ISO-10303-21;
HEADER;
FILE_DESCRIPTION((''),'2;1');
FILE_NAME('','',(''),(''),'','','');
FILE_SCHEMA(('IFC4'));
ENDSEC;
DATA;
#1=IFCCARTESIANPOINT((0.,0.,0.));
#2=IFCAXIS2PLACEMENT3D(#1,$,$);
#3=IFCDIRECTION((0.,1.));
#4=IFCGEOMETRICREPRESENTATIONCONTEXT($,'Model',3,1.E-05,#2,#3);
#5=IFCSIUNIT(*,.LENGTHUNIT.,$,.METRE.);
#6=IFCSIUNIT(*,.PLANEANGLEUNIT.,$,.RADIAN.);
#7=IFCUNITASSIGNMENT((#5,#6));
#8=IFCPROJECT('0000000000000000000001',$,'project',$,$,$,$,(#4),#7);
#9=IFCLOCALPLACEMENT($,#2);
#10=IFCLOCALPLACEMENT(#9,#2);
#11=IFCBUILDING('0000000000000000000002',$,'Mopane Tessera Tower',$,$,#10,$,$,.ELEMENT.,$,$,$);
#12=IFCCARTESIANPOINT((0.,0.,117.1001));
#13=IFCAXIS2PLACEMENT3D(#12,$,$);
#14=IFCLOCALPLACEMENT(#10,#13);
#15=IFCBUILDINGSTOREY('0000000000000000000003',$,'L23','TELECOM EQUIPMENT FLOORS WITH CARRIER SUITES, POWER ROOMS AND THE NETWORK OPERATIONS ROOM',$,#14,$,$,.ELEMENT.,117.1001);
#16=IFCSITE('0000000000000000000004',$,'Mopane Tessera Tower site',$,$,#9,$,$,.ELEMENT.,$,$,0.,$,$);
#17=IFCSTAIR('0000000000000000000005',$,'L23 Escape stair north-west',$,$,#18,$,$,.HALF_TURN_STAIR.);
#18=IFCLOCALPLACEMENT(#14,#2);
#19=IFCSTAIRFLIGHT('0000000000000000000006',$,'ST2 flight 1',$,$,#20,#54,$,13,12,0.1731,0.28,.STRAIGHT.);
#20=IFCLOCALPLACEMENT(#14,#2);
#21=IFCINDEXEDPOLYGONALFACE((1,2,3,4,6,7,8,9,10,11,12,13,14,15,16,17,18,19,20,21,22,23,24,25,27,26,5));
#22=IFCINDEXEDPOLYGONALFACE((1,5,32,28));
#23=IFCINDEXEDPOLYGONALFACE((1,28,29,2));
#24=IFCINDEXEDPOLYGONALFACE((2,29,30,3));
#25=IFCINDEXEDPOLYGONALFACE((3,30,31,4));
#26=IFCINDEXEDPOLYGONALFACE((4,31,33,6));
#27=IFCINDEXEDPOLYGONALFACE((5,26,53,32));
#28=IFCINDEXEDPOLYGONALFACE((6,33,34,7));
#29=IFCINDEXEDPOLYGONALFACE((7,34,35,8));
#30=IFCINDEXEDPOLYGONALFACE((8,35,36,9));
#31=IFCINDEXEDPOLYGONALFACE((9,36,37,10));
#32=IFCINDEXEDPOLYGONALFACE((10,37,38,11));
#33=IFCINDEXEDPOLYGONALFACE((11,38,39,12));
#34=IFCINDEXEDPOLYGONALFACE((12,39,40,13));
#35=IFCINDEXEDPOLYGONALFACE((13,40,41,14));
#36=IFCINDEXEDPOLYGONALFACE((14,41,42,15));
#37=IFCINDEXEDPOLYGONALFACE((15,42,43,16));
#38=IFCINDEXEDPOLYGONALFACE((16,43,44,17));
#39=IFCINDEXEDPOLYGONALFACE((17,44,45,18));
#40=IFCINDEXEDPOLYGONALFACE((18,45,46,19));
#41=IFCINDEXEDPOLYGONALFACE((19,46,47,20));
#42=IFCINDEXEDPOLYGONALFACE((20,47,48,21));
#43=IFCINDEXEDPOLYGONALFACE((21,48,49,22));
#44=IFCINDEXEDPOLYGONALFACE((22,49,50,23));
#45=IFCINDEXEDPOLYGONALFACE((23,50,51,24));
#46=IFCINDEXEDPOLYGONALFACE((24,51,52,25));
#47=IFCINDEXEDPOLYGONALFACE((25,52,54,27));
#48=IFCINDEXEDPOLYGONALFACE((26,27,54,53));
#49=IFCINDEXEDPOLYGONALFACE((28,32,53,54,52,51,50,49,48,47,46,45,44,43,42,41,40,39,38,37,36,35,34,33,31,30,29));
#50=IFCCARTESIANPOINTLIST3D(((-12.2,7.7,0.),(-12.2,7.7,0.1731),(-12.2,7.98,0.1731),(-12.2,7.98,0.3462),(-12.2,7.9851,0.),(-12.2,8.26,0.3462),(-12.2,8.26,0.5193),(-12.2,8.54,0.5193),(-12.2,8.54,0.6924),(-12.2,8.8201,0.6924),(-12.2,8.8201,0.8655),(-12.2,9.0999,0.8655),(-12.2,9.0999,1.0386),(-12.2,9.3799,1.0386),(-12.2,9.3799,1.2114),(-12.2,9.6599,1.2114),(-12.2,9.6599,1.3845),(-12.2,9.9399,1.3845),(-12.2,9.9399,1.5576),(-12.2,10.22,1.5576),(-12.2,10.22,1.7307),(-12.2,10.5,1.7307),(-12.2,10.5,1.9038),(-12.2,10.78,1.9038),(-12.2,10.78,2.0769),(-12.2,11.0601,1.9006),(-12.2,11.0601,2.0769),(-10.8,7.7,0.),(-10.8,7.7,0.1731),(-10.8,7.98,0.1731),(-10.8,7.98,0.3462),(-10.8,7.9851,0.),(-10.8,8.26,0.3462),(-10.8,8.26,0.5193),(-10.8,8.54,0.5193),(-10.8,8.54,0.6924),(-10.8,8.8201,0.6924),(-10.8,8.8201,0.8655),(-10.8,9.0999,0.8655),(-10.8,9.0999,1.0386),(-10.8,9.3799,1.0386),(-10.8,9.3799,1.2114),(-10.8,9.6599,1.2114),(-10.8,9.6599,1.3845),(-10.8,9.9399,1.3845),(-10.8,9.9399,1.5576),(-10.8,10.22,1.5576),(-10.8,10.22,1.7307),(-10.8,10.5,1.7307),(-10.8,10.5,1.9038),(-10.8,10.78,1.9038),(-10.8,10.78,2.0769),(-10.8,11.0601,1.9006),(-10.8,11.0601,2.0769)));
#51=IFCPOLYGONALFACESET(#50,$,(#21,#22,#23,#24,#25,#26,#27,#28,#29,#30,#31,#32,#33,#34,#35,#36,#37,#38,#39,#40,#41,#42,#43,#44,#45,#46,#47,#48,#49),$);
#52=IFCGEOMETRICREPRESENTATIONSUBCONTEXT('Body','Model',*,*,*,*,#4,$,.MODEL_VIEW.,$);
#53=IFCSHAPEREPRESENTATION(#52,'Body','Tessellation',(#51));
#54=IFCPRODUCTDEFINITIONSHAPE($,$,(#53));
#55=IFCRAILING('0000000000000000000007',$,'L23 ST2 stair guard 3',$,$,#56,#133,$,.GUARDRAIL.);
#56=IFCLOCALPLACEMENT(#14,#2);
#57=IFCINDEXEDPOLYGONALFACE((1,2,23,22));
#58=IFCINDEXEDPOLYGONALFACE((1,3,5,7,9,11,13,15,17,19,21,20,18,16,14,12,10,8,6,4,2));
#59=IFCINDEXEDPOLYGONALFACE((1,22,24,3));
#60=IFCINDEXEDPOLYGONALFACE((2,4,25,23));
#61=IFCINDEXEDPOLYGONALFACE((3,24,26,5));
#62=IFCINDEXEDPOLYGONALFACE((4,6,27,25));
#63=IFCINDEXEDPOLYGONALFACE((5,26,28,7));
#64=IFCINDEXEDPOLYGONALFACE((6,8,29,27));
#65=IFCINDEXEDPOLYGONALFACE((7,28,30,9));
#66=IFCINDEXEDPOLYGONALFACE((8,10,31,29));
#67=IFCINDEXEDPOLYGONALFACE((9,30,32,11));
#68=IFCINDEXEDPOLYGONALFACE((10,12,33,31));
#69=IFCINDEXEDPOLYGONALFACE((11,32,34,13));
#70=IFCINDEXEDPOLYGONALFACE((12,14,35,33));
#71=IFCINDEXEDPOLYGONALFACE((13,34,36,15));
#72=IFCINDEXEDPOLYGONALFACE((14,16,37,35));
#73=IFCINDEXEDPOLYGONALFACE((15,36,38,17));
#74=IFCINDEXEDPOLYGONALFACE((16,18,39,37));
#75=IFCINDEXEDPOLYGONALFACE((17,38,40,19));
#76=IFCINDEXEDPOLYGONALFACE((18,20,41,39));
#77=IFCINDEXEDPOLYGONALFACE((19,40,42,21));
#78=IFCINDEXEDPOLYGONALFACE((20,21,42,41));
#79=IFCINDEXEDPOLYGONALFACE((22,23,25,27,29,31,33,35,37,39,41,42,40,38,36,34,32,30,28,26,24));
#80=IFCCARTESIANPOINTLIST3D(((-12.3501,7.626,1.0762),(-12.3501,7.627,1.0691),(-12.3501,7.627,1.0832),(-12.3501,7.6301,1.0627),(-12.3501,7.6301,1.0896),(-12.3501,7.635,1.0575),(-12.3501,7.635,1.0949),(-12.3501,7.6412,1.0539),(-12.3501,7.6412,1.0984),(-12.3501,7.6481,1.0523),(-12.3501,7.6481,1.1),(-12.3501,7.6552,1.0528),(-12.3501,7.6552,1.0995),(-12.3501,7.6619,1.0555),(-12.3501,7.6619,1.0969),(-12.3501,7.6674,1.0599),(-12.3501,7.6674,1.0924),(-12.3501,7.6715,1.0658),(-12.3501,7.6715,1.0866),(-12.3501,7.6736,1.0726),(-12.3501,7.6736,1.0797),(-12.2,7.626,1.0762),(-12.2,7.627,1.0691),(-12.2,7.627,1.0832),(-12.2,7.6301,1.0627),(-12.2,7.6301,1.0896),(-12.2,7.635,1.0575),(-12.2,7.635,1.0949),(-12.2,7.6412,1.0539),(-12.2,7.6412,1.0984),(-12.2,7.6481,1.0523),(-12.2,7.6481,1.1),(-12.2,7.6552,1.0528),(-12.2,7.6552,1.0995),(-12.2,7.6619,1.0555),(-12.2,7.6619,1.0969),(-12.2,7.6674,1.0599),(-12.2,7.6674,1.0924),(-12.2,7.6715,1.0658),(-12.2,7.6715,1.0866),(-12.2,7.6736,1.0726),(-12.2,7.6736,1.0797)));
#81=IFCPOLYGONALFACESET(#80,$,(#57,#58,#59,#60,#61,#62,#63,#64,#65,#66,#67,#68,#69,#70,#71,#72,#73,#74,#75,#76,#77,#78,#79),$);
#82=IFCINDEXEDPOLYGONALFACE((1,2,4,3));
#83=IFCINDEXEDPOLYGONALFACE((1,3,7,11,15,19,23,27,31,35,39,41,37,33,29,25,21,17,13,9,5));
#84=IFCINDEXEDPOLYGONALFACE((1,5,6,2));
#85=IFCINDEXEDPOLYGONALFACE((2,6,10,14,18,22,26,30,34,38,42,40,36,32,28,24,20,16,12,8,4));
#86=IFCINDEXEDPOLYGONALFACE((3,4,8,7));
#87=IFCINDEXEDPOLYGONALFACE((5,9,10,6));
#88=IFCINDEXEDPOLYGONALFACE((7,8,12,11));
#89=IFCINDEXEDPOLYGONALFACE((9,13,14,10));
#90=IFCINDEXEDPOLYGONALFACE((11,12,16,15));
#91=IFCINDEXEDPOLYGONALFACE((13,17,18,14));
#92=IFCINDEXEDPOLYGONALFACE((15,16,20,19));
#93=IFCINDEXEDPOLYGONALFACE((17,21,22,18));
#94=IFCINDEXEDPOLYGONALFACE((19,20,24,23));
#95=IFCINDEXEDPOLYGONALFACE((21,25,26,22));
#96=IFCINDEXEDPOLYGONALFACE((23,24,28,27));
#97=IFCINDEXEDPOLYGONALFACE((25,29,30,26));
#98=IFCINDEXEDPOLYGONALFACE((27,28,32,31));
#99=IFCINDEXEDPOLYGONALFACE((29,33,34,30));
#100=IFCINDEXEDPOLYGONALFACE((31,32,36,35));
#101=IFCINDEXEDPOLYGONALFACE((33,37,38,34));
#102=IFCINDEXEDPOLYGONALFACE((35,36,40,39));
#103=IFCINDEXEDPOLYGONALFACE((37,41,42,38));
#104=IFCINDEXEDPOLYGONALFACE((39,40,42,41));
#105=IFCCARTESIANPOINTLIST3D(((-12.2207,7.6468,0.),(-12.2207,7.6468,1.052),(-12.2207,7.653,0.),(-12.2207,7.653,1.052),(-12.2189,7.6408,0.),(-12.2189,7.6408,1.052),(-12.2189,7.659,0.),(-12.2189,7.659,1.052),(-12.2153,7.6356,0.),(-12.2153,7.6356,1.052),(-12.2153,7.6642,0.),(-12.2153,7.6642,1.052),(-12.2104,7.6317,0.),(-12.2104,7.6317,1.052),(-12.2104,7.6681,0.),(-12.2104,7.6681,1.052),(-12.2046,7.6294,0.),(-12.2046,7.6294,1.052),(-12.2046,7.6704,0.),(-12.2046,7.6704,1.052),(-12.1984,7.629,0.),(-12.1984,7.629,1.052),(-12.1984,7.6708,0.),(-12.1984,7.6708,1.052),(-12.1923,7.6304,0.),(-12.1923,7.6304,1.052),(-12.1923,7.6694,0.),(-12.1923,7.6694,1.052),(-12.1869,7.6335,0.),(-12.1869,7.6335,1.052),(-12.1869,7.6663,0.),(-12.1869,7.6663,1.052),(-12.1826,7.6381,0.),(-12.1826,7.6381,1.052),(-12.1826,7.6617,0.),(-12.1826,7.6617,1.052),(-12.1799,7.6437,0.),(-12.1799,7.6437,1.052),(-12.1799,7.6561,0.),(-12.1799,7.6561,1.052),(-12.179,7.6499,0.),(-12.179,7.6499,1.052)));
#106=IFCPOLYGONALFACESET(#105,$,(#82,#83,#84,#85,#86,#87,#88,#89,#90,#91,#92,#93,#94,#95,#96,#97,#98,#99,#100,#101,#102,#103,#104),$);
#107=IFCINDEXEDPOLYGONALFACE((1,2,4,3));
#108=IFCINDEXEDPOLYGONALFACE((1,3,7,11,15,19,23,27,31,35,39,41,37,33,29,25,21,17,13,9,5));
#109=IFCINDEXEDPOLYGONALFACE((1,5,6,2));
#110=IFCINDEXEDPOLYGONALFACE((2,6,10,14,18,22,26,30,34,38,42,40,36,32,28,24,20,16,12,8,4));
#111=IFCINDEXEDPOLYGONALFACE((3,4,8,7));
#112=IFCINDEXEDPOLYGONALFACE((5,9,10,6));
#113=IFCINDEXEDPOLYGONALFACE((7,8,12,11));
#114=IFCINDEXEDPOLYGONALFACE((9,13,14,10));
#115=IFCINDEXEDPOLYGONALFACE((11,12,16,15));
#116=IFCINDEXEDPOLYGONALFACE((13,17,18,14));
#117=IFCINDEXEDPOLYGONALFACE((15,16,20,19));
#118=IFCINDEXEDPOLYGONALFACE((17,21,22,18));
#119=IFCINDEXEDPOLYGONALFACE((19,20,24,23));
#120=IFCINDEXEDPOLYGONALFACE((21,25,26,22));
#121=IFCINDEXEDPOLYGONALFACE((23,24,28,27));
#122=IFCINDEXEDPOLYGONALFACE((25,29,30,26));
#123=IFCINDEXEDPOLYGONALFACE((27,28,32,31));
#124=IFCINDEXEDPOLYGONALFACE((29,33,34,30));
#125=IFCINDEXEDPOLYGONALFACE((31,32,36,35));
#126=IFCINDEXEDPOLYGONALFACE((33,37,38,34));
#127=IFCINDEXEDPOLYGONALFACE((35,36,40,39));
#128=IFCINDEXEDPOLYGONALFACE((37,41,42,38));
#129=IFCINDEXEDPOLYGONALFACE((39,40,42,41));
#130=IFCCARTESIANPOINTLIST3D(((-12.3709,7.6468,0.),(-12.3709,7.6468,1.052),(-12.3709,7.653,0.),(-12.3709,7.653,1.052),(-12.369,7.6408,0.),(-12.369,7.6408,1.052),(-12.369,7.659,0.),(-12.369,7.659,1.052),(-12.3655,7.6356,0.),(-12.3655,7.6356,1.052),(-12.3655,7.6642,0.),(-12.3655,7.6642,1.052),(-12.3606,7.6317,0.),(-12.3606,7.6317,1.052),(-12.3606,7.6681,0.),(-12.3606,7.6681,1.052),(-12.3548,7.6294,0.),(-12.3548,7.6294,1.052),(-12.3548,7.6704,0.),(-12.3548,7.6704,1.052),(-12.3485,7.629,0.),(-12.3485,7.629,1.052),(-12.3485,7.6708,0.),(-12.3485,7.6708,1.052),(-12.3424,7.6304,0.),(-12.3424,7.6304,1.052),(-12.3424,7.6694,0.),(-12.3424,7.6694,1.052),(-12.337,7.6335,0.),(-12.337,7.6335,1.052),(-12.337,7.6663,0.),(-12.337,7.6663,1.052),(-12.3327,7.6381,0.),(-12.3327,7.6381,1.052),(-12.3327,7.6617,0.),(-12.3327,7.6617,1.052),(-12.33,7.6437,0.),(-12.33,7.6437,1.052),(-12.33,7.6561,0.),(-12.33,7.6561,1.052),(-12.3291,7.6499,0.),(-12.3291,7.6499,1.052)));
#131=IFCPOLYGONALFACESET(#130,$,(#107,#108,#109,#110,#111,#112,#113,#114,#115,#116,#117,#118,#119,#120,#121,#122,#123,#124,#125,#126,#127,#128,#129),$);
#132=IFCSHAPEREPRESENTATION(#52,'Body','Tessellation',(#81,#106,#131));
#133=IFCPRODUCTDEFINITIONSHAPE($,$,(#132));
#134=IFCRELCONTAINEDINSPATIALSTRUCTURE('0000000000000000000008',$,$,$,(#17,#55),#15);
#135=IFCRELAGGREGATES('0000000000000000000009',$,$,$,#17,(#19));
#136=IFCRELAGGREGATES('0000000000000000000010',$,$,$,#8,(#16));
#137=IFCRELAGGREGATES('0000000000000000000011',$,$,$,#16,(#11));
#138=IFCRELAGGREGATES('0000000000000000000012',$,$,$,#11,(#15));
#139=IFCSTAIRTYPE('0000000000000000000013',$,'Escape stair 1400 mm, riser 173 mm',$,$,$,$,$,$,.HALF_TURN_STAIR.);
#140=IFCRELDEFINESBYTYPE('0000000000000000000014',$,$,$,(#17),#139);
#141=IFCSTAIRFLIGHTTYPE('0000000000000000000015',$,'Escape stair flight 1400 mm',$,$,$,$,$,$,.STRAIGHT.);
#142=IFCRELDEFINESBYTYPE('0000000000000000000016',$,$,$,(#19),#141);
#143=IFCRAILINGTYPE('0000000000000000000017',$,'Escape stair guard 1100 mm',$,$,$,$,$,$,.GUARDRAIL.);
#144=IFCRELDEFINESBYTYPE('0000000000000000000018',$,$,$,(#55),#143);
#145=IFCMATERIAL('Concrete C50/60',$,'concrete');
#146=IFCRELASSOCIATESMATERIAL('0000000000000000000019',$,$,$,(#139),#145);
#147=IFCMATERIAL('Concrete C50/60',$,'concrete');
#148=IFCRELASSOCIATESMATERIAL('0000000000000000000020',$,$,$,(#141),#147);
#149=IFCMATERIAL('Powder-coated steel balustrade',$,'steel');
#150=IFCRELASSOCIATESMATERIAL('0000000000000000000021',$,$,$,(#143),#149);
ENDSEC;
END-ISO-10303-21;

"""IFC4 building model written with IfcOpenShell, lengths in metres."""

from ifc_helpers import new_model, si_unit, direction, frame, origin, origin_2d, place, context, subcontext, project, spatial, polyline, circle, outline, extrude, material, type_object, element, aggregate, save


model = new_model("IFC4")

# Units and contexts
model_context = context("Model", 3, precision=1e-05, world=origin(), true_north=direction((0.0, 1.0)))
body_context = subcontext(model_context, "Body", "Model", "MODEL_VIEW")
ifc_project = project(units=[si_unit("LENGTHUNIT", "METRE"), si_unit("PLANEANGLEUNIT", "RADIAN")], contexts=[model_context])

# Site, building, storey
site_placement = place(None, origin())
site = spatial("IfcSite", under=ifc_project, at=site_placement, Name="Mopane Tessera Tower site", CompositionType="ELEMENT", RefElevation=0.0)
building_placement = place(site_placement, origin())
building = spatial("IfcBuilding", under=site, at=building_placement, Name="Mopane Tessera Tower", CompositionType="ELEMENT")
storey_placement = place(building_placement, frame((0.0, 0.0, 117.1001)))
storey = spatial("IfcBuildingStorey", under=building, at=storey_placement, Name="L23", Description="TELECOM EQUIPMENT FLOORS WITH CARRIER SUITES, POWER ROOMS AND THE NETWORK OPERATIONS ROOM", CompositionType="ELEMENT", Elevation=117.1001)

# Stair, stair flight
ifc_material_1 = material(Name="Concrete C50/60", Category="concrete")
stair_type = type_object("IfcStairType", Name="Escape stair 1400 mm, riser 173 mm", PredefinedType="HALF_TURN_STAIR", material=ifc_material_1)
stair_placement = place(storey_placement, origin())
stair = element("IfcStair", 1, at=stair_placement, inside=storey, type_object=stair_type, Name="L23 Escape stair north-west", PredefinedType="HALF_TURN_STAIR")
ifc_material_2 = material(Name="Concrete C50/60", Category="concrete")
stair_flight_type = type_object("IfcStairFlightType", Name="Escape stair flight 1400 mm", PredefinedType="STRAIGHT", material=ifc_material_2)
stair_flight_placement = place(storey_placement, frame((-11.5, 7.7, 0.0), z_axis=(0.0, 0.0, 1.0), x_axis=(0.0, 1.0, 0.0)))
stair_flight = element("IfcStairFlight", 2, at=stair_flight_placement, type_object=stair_flight_type, Name="ST2 flight 1", NumberOfRisers=13, NumberOfTreads=12, PredefinedType="STRAIGHT", RiserHeight=0.1731, TreadLength=0.28, context=body_context, shape_type="SweptSolid", body=[
    extrude(outline(polyline([(0.0, 0.0), (0.0, 0.1731), (0.28, 0.1731), (0.28, 0.3462), (0.5601, 0.3462), (0.5601, 0.5193), (0.8401, 0.5193), (0.8401, 0.6924), (1.1201, 0.6924), (1.1201, 0.8655), (1.3999, 0.8655), (1.3999, 1.0386), (1.6799, 1.0386), (1.6799, 1.2114), (1.96, 1.2114), (1.96, 1.3845), (2.24, 1.3845), (2.24, 1.5576), (2.52, 1.5576), (2.52, 1.7307), (2.8, 1.7307), (2.8, 1.9038), (3.0801, 1.9038), (3.0801, 2.0769), (3.3601, 2.0769), (3.3601, 2.25), (3.3601, 1.9006), (0.2852, 0.0), (0.0, 0.0)])), frame((0.0, 0.7, 0.0), z_axis=(0.0, -1.0, 0.0), x_axis=(1.0, 0.0, 0.0)), (0.0, 0.0, 1.0), 1.3999),
])
aggregate(stair, [stair_flight])

# Railing
ifc_material_3 = material(Name="Powder-coated steel balustrade", Category="steel")
railing_type_1 = type_object("IfcRailingType", Name="Escape stair guard 1100 mm", PredefinedType="GUARDRAIL", material=ifc_material_3)
railing_1_placement = place(storey_placement, frame((-12.2, 7.6499, 0.0)))
element("IfcRailing", 3, at=railing_1_placement, inside=storey, type_object=railing_type_1, Name="L23 ST2 stair guard 3", PredefinedType="GUARDRAIL", context=body_context, shape_type="SweptSolid", body=[
    extrude(circle(Radius=0.0239, at=origin_2d()), frame((0.0, 0.0, 1.0762), z_axis=(-1.0, 0.0, 0.0), x_axis=(0.0, -1.0, 0.0)), (0.0, 0.0, 1.0), 0.1501),
    extrude(circle(Radius=0.021, at=origin_2d()), origin(), (0.0, 0.0, 1.0), 1.052),
    extrude(circle(Radius=0.021, at=origin_2d()), frame((-0.1501, 0.0, 0.0)), (0.0, 0.0, 1.0), 1.052),
])

save(model, "model.ifc")
